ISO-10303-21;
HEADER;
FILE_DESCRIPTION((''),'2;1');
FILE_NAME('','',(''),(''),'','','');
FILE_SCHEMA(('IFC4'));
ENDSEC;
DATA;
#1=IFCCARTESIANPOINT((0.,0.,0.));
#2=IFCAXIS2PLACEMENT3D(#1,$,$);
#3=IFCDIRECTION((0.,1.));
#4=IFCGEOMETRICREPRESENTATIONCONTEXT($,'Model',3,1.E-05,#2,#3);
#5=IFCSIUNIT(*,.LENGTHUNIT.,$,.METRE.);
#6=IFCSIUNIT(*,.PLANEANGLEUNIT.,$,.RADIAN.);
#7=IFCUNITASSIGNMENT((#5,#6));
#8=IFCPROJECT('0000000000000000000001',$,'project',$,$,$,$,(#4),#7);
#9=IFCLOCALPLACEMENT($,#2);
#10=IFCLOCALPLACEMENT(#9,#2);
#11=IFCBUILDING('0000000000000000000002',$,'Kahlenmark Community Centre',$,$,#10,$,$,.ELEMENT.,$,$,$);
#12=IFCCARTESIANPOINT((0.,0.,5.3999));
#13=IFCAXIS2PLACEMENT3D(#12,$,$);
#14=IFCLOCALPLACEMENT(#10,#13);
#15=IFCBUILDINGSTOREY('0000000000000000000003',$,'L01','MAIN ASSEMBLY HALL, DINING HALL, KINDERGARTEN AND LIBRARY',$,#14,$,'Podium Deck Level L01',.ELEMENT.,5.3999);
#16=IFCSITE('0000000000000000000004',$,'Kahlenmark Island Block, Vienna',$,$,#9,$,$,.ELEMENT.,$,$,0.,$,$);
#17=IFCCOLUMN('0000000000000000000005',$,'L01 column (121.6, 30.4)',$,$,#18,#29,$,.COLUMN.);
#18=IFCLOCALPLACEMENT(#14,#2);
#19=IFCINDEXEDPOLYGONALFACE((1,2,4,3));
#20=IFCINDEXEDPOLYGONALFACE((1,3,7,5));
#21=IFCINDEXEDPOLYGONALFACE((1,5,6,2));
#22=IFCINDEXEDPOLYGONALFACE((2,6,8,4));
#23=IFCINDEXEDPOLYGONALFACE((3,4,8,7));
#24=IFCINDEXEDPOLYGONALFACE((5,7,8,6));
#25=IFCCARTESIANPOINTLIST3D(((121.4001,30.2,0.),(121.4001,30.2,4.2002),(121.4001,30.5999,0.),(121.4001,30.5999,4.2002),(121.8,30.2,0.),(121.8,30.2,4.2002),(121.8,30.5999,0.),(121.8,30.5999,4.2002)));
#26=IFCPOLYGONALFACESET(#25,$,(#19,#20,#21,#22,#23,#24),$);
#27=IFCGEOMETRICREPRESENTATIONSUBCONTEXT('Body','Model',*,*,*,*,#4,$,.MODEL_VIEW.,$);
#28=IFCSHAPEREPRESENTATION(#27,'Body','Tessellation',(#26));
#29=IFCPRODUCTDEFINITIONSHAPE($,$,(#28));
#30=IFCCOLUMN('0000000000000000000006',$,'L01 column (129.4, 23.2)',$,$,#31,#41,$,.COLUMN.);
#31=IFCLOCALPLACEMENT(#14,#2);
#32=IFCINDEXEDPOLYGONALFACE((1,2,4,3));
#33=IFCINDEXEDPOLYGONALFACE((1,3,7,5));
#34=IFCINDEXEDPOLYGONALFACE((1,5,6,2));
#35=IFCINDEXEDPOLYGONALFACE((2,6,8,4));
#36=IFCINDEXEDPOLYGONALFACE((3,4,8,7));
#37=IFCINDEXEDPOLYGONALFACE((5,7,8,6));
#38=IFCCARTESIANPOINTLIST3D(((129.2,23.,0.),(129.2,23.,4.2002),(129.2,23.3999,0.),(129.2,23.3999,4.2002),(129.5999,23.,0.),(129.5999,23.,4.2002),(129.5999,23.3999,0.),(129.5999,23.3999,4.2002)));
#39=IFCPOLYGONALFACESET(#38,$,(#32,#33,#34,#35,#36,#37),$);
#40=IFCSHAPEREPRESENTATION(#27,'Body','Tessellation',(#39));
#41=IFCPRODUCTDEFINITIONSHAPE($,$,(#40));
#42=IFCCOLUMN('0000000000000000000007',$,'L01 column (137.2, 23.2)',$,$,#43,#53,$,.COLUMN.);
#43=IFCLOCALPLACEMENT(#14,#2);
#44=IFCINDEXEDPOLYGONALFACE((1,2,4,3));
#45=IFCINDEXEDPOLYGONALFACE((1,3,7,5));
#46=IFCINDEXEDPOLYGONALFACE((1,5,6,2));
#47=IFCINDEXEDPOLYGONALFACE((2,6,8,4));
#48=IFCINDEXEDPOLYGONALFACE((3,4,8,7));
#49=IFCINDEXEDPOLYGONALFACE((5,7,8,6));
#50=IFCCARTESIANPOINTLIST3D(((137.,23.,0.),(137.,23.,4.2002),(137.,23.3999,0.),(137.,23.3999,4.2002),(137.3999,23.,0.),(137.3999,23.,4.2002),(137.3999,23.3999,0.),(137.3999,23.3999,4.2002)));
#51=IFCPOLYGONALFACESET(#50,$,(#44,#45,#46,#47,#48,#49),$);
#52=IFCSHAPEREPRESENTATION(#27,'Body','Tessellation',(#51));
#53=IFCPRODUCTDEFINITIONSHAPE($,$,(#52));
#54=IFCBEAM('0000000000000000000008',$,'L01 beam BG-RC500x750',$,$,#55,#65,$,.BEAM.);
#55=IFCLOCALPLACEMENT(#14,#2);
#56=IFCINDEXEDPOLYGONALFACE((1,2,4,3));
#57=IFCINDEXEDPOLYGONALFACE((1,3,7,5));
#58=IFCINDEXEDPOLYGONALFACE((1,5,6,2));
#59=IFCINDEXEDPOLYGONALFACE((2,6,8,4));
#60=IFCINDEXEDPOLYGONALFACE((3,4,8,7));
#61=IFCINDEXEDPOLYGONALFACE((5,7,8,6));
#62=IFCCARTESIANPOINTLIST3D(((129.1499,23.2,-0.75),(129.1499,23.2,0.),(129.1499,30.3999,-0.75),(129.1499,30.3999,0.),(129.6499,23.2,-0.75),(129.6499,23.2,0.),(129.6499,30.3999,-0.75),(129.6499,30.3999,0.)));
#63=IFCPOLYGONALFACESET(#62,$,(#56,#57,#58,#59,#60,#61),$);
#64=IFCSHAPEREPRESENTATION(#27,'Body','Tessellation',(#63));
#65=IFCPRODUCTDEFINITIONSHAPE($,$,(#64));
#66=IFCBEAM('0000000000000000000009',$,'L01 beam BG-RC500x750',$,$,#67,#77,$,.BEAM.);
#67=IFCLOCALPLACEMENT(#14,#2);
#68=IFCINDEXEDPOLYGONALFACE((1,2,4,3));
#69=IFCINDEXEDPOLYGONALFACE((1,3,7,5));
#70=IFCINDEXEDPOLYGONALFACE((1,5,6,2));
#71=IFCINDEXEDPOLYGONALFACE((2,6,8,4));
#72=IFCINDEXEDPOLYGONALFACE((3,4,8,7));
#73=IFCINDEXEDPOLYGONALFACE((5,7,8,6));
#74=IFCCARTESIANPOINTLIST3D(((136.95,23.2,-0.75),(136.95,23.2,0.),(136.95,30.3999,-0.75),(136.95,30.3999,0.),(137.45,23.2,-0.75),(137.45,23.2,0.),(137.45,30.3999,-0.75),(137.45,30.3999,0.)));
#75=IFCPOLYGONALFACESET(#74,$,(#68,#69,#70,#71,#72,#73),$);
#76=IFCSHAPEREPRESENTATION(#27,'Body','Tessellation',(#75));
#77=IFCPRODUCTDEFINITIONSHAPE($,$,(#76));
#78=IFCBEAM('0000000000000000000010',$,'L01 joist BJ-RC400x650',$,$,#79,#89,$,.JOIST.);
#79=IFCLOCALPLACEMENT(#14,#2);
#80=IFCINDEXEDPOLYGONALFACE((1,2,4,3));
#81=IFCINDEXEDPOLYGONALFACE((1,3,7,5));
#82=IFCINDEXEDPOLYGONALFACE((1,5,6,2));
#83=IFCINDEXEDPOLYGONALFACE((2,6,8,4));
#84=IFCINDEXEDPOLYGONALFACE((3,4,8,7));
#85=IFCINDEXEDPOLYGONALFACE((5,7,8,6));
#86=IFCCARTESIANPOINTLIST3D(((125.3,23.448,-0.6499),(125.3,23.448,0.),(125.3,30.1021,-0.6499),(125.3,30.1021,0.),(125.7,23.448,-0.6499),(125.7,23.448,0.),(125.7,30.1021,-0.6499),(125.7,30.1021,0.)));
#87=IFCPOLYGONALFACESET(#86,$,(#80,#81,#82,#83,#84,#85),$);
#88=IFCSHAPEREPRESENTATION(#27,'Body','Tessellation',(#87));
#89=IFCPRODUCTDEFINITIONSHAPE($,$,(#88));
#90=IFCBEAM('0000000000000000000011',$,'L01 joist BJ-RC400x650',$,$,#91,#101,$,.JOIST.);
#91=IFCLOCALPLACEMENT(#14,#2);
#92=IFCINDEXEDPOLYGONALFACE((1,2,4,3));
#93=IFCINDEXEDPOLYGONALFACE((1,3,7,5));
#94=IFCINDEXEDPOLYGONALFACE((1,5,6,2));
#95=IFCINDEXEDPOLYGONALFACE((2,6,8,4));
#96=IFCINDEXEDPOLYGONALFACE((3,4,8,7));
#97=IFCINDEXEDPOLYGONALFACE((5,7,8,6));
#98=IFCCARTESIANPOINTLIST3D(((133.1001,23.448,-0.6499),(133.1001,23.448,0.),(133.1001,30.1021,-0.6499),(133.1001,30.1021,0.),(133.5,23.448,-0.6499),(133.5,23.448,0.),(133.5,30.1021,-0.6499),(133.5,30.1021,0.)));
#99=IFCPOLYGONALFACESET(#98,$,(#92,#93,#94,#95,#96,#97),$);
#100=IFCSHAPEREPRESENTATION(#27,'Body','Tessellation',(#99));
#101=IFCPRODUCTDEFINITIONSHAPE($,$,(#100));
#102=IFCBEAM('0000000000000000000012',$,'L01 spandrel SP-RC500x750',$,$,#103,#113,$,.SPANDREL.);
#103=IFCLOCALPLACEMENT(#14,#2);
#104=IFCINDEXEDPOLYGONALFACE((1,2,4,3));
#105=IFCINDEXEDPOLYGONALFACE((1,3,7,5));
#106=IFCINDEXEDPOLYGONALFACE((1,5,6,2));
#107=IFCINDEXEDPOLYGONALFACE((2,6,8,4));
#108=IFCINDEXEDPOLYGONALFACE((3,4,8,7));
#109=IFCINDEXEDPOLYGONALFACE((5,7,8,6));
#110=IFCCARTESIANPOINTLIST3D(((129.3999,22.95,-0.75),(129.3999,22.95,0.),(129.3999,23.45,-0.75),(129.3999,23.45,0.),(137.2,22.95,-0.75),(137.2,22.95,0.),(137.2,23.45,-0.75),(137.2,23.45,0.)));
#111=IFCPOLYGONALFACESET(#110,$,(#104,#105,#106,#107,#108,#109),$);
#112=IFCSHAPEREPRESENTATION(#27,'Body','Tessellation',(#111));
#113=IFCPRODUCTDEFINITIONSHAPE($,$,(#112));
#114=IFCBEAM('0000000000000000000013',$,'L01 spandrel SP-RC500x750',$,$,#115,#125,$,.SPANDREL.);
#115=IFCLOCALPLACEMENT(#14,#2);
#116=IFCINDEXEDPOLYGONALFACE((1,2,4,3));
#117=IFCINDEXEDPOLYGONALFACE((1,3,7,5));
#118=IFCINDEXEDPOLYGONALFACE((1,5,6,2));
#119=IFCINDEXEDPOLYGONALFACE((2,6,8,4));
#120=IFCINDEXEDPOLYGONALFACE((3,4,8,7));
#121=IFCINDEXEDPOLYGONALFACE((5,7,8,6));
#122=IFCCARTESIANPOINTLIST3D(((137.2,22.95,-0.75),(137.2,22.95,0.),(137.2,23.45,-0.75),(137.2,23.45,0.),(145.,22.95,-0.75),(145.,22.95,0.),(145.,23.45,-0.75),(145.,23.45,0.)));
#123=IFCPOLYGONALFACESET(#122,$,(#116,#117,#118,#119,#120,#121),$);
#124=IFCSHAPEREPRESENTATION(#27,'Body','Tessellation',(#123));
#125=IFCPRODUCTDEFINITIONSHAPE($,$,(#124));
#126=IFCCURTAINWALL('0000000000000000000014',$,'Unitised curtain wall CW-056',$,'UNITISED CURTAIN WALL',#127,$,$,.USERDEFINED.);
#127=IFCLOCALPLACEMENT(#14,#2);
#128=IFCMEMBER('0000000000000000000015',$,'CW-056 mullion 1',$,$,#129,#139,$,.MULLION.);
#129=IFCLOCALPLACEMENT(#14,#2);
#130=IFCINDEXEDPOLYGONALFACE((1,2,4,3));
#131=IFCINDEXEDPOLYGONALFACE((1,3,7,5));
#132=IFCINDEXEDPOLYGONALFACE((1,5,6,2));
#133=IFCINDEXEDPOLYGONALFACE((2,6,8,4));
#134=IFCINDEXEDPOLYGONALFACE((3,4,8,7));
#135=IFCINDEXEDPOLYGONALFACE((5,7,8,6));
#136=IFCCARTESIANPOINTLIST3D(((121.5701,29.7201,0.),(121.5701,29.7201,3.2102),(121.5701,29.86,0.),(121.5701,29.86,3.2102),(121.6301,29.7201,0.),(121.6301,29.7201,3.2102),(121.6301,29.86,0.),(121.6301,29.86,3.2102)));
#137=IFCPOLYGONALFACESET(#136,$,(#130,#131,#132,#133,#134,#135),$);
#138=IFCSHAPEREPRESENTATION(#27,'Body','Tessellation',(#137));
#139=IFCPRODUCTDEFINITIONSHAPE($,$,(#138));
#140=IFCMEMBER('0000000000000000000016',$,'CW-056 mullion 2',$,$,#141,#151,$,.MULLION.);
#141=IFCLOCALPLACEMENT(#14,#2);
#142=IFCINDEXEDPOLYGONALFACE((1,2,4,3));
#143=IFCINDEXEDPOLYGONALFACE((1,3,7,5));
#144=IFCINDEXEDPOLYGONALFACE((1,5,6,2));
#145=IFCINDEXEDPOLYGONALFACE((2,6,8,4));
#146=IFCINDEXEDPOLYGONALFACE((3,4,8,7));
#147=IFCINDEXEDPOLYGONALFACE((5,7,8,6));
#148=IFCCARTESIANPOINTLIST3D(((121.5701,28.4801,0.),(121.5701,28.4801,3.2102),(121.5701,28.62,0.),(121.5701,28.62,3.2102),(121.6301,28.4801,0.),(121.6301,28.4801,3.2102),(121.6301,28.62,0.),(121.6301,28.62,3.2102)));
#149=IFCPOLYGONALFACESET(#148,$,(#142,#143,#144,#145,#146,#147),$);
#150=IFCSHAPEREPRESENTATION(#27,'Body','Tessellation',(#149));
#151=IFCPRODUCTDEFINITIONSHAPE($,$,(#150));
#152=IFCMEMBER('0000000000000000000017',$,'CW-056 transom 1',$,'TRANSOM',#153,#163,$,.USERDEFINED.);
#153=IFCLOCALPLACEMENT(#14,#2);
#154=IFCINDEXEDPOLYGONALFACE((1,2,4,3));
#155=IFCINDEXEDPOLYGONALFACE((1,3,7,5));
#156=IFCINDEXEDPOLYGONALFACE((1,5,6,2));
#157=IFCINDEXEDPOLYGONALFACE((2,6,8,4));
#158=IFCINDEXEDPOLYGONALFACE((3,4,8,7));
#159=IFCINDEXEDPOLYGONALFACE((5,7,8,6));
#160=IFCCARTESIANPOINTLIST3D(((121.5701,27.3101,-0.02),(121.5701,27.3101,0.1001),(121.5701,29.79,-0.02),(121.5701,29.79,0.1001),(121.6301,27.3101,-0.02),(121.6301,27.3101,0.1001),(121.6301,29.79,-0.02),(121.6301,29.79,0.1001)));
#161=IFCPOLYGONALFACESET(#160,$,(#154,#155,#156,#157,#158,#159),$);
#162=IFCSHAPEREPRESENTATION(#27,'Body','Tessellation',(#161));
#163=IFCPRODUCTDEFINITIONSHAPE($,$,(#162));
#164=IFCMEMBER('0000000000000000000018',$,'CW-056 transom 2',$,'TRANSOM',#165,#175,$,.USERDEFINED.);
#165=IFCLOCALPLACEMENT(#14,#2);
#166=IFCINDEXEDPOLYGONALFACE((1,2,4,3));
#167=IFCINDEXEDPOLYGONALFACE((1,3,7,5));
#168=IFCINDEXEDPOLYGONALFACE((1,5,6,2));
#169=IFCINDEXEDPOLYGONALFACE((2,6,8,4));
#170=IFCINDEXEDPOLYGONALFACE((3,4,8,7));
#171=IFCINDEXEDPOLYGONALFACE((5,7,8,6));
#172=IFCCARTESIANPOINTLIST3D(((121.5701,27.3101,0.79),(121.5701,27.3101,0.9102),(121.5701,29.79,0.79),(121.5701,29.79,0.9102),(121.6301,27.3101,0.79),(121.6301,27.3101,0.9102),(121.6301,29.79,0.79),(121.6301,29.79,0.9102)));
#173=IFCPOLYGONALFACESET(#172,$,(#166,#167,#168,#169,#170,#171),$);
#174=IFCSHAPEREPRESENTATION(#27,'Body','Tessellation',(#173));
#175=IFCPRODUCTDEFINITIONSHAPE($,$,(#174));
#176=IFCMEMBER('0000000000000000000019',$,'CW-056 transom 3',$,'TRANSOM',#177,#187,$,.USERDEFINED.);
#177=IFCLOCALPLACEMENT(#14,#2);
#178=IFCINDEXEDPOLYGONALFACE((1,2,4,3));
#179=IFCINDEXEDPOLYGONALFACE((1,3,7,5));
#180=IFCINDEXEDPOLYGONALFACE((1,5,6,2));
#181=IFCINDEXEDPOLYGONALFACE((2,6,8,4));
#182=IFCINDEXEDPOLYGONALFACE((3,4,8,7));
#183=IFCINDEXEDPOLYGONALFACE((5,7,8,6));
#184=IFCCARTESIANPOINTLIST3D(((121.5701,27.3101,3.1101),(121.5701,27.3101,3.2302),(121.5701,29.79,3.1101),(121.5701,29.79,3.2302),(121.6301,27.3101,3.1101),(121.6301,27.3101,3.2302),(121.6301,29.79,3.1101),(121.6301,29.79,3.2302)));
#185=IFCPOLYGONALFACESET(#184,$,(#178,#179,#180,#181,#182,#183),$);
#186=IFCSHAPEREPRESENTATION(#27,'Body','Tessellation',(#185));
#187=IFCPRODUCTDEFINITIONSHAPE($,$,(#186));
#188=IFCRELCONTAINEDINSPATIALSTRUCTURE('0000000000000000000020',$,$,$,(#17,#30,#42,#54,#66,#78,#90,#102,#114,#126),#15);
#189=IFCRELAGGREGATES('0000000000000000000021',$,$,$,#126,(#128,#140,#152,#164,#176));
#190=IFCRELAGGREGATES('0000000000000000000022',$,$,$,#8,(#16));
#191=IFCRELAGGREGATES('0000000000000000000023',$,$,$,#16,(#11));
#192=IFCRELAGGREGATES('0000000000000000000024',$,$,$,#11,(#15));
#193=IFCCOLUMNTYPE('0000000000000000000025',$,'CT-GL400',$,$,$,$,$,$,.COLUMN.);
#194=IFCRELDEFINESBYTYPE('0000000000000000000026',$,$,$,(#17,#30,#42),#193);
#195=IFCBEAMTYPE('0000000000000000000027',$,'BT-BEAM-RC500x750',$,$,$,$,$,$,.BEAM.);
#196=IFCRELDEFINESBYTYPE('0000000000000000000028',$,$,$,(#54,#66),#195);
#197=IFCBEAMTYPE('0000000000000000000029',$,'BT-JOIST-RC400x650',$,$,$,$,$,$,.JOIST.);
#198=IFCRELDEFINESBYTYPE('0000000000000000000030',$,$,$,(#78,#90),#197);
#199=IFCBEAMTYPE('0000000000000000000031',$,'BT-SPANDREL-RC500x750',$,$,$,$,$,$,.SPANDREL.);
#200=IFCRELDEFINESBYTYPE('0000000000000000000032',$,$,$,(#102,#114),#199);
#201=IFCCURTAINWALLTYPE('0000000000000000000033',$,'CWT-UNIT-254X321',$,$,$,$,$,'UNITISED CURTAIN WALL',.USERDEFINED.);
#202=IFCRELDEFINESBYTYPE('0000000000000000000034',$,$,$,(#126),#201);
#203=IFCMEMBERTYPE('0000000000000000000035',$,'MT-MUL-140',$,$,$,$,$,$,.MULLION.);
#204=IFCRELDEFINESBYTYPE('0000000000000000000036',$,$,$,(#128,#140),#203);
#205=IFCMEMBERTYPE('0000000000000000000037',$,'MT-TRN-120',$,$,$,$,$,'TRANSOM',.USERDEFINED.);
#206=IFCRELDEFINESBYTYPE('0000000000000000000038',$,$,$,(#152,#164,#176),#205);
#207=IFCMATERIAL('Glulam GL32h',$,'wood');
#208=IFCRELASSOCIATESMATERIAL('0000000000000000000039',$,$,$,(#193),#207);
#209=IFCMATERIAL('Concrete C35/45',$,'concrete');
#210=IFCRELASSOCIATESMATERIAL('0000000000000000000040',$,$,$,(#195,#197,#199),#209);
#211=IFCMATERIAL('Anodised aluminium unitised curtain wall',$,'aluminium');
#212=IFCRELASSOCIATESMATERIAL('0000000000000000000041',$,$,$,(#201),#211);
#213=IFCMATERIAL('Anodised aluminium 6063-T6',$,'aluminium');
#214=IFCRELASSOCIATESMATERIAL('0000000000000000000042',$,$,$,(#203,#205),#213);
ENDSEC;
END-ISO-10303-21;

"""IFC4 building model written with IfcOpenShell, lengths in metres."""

from ifc_helpers import new_model, si_unit, direction, frame, origin, origin_2d, place, context, subcontext, project, spatial, rectangle, extrude, material, material_profile, profile_set, type_object, element, aggregate, save


model = new_model("IFC4")

# Units and contexts
model_context = context("Model", 3, precision=1e-05, world=origin(), true_north=direction((0.0, 1.0)))
body_context = subcontext(model_context, "Body", "Model", "MODEL_VIEW")
ifc_project = project(units=[si_unit("LENGTHUNIT", "METRE"), si_unit("PLANEANGLEUNIT", "RADIAN")], contexts=[model_context])

# Site, building, storey
site_placement = place(None, origin())
site = spatial("IfcSite", under=ifc_project, at=site_placement, Name="Kahlenmark Island Block, Vienna", CompositionType="ELEMENT", RefElevation=0.0)
building_placement = place(site_placement, origin())
building = spatial("IfcBuilding", under=site, at=building_placement, Name="Kahlenmark Community Centre", CompositionType="ELEMENT")
storey_placement = place(building_placement, frame((0.0, 0.0, 5.3999)))
storey = spatial("IfcBuildingStorey", under=building, at=storey_placement, Name="L01", Description="MAIN ASSEMBLY HALL, DINING HALL, KINDERGARTEN AND LIBRARY", LongName="Podium Deck Level L01", CompositionType="ELEMENT", Elevation=5.3999)

# Columns
ifc_material_1 = material(Name="Glulam GL32h", Category="wood")
ifc_material_profile_1 = material_profile(ifc_material_1, rectangle(XDim=0.3999, YDim=0.3999, at=origin_2d()), Name="GL32h 400x400")
ifc_profile_set_1 = profile_set([ifc_material_profile_1], Name="Glulam GL32h")
column_type = type_object("IfcColumnType", Name="CT-GL400", PredefinedType="COLUMN", material=ifc_profile_set_1)
for number, where, z_axis, x_axis, name in (
    (1, (121.6001, 30.3999, 0.0), (0.0, 0.0, 1.0), (1.0, 0.0, 0.0), "L01 column (121.6, 30.4)"),
    (2, (129.3999, 23.2, 0.0), (0.0, 0.0, 1.0), (1.0, 0.0, 0.0), "L01 column (129.4, 23.2)"),
    (3, (137.2, 23.2, 0.0), (0.0, 0.0, 1.0), (1.0, 0.0, 0.0), "L01 column (137.2, 23.2)"),
):
    element("IfcColumn", number, at=place(storey_placement, frame(where, z_axis=z_axis, x_axis=x_axis)), inside=storey, type_object=column_type, Name=name, PredefinedType="COLUMN", context=body_context, shape_type="SweptSolid", body=[
        extrude(rectangle(XDim=0.3999, YDim=0.3999, at=origin_2d()), origin(), (0.0, 0.0, 1.0), 4.2002),
    ])

# Beams
ifc_material_2 = material(Name="Concrete C35/45", Category="concrete")
ifc_material_profile_2 = material_profile(ifc_material_2, rectangle(XDim=0.5, YDim=0.75, at=origin_2d()), Name="RC 500x750")
ifc_profile_set_2 = profile_set([ifc_material_profile_2], Name="Concrete C35/45")
beam_type_1 = type_object("IfcBeamType", Name="BT-BEAM-RC500x750", PredefinedType="BEAM", material=ifc_profile_set_2)
for number, where, z_axis, x_axis, name in (
    (4, (129.3999, 23.2, -0.375), (0.0, 1.0, 0.0), (-1.0, 0.0, 0.0), "L01 beam BG-RC500x750"),
    (5, (137.2, 23.2, -0.375), (0.0, 1.0, 0.0), (-1.0, 0.0, 0.0), "L01 beam BG-RC500x750"),
):
    element("IfcBeam", number, at=place(storey_placement, frame(where, z_axis=z_axis, x_axis=x_axis)), inside=storey, type_object=beam_type_1, Name=name, PredefinedType="BEAM", context=body_context, shape_type="SweptSolid", body=[
        extrude(rectangle(XDim=0.5, YDim=0.75, at=origin_2d()), origin(), (0.0, 0.0, 1.0), 7.2),
    ])
ifc_material_profile_3 = material_profile(ifc_material_2, rectangle(XDim=0.3999, YDim=0.6499, at=origin_2d()), Name="RC 400x650")
ifc_profile_set_3 = profile_set([ifc_material_profile_3], Name="Concrete C35/45")
beam_type_2 = type_object("IfcBeamType", Name="BT-JOIST-RC400x650", PredefinedType="JOIST", material=ifc_profile_set_3)
for number, where, z_axis, x_axis, name in (
    (6, (125.5, 23.448, -0.325), (0.0, 1.0, 0.0), (-1.0, 0.0, 0.0), "L01 joist BJ-RC400x650"),
    (7, (133.3, 23.448, -0.325), (0.0, 1.0, 0.0), (-1.0, 0.0, 0.0), "L01 joist BJ-RC400x650"),
):
    element("IfcBeam", number, at=place(storey_placement, frame(where, z_axis=z_axis, x_axis=x_axis)), inside=storey, type_object=beam_type_2, Name=name, PredefinedType="JOIST", context=body_context, shape_type="SweptSolid", body=[
        extrude(rectangle(XDim=0.3999, YDim=0.6499, at=origin_2d()), origin(), (0.0, 0.0, 1.0), 6.6541),
    ])
ifc_material_profile_4 = material_profile(ifc_material_2, rectangle(XDim=0.5, YDim=0.75, at=origin_2d()), Name="RC 500x750")
ifc_profile_set_4 = profile_set([ifc_material_profile_4], Name="Concrete C35/45")
beam_type_3 = type_object("IfcBeamType", Name="BT-SPANDREL-RC500x750", PredefinedType="SPANDREL", material=ifc_profile_set_4)
for number, where, z_axis, x_axis, name in (
    (8, (129.3999, 23.2, -0.375), (1.0, 0.0, 0.0), (0.0, 1.0, 0.0), "L01 spandrel SP-RC500x750"),
    (9, (137.2, 23.2, -0.375), (1.0, 0.0, 0.0), (0.0, 1.0, 0.0), "L01 spandrel SP-RC500x750"),
):
    element("IfcBeam", number, at=place(storey_placement, frame(where, z_axis=z_axis, x_axis=x_axis)), inside=storey, type_object=beam_type_3, Name=name, PredefinedType="SPANDREL", context=body_context, shape_type="SweptSolid", body=[
        extrude(rectangle(XDim=0.5, YDim=0.75, at=origin_2d()), origin(), (0.0, 0.0, 1.0), 7.8),
    ])

# Curtain wall, members
ifc_material_3 = material(Name="Anodised aluminium unitised curtain wall", Category="aluminium")
curtain_wall_type = type_object("IfcCurtainWallType", Name="CWT-UNIT-254X321", ElementType="UNITISED CURTAIN WALL", PredefinedType="USERDEFINED", material=ifc_material_3)
curtain_wall_placement = place(storey_placement, origin())
curtain_wall = element("IfcCurtainWall", 10, at=curtain_wall_placement, inside=storey, type_object=curtain_wall_type, Name="Unitised curtain wall CW-056", ObjectType="UNITISED CURTAIN WALL", PredefinedType="USERDEFINED")
ifc_material_4 = material(Name="Anodised aluminium 6063-T6", Category="aluminium")
ifc_material_profile_5 = material_profile(ifc_material_4, rectangle(XDim=0.0601, YDim=0.1399, at=origin_2d()), Name="ALU MULLION 60x140")
ifc_profile_set_5 = profile_set([ifc_material_profile_5], Name="Anodised aluminium 6063-T6")
member_type_1 = type_object("IfcMemberType", Name="MT-MUL-140", PredefinedType="MULLION", material=ifc_profile_set_5)
member_1_placement = place(storey_placement, frame((121.6001, 29.79, 0.0), z_axis=(0.0, 0.0, 1.0), x_axis=(1.0, 0.0, 0.0)))
member_1 = element("IfcMember", 11, at=member_1_placement, type_object=member_type_1, Name="CW-056 mullion 1", PredefinedType="MULLION", context=body_context, shape_type="SweptSolid", body=[
    extrude(rectangle(XDim=0.0601, YDim=0.1399, at=origin_2d()), origin(), (0.0, 0.0, 1.0), 3.2102),
])
member_2_placement = place(storey_placement, frame((121.6001, 28.55, 0.0), z_axis=(0.0, 0.0, 1.0), x_axis=(1.0, 0.0, 0.0)))
member_2 = element("IfcMember", 12, at=member_2_placement, type_object=member_type_1, Name="CW-056 mullion 2", PredefinedType="MULLION", context=body_context, shape_type="SweptSolid", body=[
    extrude(rectangle(XDim=0.0601, YDim=0.1399, at=origin_2d()), origin(), (0.0, 0.0, 1.0), 3.2102),
])
ifc_material_profile_6 = material_profile(ifc_material_4, rectangle(XDim=0.0601, YDim=0.1201, at=origin_2d()), Name="ALU TRANSOM 60x120")
ifc_profile_set_6 = profile_set([ifc_material_profile_6], Name="Anodised aluminium 6063-T6")
member_type_2 = type_object("IfcMemberType", Name="MT-TRN-120", ElementType="TRANSOM", PredefinedType="USERDEFINED", material=ifc_profile_set_6)
member_3_placement = place(storey_placement, frame((121.6001, 29.79, 0.04), z_axis=(0.0, -1.0, 0.0), x_axis=(1.0, 0.0, 0.0)))
member_3 = element("IfcMember", 13, at=member_3_placement, type_object=member_type_2, Name="CW-056 transom 1", ObjectType="TRANSOM", PredefinedType="USERDEFINED", context=body_context, shape_type="SweptSolid", body=[
    extrude(rectangle(XDim=0.0601, YDim=0.1201, at=origin_2d()), origin(), (0.0, 0.0, 1.0), 2.48),
])
member_4_placement = place(storey_placement, frame((121.6001, 29.79, 0.8501), z_axis=(0.0, -1.0, 0.0), x_axis=(1.0, 0.0, 0.0)))
member_4 = element("IfcMember", 14, at=member_4_placement, type_object=member_type_2, Name="CW-056 transom 2", ObjectType="TRANSOM", PredefinedType="USERDEFINED", context=body_context, shape_type="SweptSolid", body=[
    extrude(rectangle(XDim=0.0601, YDim=0.1201, at=origin_2d()), origin(), (0.0, 0.0, 1.0), 2.48),
])
member_5_placement = place(storey_placement, frame((121.6001, 29.79, 3.1702), z_axis=(0.0, -1.0, 0.0), x_axis=(1.0, 0.0, 0.0)))
member_5 = element("IfcMember", 15, at=member_5_placement, type_object=member_type_2, Name="CW-056 transom 3", ObjectType="TRANSOM", PredefinedType="USERDEFINED", context=body_context, shape_type="SweptSolid", body=[
    extrude(rectangle(XDim=0.0601, YDim=0.1201, at=origin_2d()), origin(), (0.0, 0.0, 1.0), 2.48),
])
aggregate(curtain_wall, [member_1, member_2, member_3, member_4, member_5])

save(model, "model.ifc")
